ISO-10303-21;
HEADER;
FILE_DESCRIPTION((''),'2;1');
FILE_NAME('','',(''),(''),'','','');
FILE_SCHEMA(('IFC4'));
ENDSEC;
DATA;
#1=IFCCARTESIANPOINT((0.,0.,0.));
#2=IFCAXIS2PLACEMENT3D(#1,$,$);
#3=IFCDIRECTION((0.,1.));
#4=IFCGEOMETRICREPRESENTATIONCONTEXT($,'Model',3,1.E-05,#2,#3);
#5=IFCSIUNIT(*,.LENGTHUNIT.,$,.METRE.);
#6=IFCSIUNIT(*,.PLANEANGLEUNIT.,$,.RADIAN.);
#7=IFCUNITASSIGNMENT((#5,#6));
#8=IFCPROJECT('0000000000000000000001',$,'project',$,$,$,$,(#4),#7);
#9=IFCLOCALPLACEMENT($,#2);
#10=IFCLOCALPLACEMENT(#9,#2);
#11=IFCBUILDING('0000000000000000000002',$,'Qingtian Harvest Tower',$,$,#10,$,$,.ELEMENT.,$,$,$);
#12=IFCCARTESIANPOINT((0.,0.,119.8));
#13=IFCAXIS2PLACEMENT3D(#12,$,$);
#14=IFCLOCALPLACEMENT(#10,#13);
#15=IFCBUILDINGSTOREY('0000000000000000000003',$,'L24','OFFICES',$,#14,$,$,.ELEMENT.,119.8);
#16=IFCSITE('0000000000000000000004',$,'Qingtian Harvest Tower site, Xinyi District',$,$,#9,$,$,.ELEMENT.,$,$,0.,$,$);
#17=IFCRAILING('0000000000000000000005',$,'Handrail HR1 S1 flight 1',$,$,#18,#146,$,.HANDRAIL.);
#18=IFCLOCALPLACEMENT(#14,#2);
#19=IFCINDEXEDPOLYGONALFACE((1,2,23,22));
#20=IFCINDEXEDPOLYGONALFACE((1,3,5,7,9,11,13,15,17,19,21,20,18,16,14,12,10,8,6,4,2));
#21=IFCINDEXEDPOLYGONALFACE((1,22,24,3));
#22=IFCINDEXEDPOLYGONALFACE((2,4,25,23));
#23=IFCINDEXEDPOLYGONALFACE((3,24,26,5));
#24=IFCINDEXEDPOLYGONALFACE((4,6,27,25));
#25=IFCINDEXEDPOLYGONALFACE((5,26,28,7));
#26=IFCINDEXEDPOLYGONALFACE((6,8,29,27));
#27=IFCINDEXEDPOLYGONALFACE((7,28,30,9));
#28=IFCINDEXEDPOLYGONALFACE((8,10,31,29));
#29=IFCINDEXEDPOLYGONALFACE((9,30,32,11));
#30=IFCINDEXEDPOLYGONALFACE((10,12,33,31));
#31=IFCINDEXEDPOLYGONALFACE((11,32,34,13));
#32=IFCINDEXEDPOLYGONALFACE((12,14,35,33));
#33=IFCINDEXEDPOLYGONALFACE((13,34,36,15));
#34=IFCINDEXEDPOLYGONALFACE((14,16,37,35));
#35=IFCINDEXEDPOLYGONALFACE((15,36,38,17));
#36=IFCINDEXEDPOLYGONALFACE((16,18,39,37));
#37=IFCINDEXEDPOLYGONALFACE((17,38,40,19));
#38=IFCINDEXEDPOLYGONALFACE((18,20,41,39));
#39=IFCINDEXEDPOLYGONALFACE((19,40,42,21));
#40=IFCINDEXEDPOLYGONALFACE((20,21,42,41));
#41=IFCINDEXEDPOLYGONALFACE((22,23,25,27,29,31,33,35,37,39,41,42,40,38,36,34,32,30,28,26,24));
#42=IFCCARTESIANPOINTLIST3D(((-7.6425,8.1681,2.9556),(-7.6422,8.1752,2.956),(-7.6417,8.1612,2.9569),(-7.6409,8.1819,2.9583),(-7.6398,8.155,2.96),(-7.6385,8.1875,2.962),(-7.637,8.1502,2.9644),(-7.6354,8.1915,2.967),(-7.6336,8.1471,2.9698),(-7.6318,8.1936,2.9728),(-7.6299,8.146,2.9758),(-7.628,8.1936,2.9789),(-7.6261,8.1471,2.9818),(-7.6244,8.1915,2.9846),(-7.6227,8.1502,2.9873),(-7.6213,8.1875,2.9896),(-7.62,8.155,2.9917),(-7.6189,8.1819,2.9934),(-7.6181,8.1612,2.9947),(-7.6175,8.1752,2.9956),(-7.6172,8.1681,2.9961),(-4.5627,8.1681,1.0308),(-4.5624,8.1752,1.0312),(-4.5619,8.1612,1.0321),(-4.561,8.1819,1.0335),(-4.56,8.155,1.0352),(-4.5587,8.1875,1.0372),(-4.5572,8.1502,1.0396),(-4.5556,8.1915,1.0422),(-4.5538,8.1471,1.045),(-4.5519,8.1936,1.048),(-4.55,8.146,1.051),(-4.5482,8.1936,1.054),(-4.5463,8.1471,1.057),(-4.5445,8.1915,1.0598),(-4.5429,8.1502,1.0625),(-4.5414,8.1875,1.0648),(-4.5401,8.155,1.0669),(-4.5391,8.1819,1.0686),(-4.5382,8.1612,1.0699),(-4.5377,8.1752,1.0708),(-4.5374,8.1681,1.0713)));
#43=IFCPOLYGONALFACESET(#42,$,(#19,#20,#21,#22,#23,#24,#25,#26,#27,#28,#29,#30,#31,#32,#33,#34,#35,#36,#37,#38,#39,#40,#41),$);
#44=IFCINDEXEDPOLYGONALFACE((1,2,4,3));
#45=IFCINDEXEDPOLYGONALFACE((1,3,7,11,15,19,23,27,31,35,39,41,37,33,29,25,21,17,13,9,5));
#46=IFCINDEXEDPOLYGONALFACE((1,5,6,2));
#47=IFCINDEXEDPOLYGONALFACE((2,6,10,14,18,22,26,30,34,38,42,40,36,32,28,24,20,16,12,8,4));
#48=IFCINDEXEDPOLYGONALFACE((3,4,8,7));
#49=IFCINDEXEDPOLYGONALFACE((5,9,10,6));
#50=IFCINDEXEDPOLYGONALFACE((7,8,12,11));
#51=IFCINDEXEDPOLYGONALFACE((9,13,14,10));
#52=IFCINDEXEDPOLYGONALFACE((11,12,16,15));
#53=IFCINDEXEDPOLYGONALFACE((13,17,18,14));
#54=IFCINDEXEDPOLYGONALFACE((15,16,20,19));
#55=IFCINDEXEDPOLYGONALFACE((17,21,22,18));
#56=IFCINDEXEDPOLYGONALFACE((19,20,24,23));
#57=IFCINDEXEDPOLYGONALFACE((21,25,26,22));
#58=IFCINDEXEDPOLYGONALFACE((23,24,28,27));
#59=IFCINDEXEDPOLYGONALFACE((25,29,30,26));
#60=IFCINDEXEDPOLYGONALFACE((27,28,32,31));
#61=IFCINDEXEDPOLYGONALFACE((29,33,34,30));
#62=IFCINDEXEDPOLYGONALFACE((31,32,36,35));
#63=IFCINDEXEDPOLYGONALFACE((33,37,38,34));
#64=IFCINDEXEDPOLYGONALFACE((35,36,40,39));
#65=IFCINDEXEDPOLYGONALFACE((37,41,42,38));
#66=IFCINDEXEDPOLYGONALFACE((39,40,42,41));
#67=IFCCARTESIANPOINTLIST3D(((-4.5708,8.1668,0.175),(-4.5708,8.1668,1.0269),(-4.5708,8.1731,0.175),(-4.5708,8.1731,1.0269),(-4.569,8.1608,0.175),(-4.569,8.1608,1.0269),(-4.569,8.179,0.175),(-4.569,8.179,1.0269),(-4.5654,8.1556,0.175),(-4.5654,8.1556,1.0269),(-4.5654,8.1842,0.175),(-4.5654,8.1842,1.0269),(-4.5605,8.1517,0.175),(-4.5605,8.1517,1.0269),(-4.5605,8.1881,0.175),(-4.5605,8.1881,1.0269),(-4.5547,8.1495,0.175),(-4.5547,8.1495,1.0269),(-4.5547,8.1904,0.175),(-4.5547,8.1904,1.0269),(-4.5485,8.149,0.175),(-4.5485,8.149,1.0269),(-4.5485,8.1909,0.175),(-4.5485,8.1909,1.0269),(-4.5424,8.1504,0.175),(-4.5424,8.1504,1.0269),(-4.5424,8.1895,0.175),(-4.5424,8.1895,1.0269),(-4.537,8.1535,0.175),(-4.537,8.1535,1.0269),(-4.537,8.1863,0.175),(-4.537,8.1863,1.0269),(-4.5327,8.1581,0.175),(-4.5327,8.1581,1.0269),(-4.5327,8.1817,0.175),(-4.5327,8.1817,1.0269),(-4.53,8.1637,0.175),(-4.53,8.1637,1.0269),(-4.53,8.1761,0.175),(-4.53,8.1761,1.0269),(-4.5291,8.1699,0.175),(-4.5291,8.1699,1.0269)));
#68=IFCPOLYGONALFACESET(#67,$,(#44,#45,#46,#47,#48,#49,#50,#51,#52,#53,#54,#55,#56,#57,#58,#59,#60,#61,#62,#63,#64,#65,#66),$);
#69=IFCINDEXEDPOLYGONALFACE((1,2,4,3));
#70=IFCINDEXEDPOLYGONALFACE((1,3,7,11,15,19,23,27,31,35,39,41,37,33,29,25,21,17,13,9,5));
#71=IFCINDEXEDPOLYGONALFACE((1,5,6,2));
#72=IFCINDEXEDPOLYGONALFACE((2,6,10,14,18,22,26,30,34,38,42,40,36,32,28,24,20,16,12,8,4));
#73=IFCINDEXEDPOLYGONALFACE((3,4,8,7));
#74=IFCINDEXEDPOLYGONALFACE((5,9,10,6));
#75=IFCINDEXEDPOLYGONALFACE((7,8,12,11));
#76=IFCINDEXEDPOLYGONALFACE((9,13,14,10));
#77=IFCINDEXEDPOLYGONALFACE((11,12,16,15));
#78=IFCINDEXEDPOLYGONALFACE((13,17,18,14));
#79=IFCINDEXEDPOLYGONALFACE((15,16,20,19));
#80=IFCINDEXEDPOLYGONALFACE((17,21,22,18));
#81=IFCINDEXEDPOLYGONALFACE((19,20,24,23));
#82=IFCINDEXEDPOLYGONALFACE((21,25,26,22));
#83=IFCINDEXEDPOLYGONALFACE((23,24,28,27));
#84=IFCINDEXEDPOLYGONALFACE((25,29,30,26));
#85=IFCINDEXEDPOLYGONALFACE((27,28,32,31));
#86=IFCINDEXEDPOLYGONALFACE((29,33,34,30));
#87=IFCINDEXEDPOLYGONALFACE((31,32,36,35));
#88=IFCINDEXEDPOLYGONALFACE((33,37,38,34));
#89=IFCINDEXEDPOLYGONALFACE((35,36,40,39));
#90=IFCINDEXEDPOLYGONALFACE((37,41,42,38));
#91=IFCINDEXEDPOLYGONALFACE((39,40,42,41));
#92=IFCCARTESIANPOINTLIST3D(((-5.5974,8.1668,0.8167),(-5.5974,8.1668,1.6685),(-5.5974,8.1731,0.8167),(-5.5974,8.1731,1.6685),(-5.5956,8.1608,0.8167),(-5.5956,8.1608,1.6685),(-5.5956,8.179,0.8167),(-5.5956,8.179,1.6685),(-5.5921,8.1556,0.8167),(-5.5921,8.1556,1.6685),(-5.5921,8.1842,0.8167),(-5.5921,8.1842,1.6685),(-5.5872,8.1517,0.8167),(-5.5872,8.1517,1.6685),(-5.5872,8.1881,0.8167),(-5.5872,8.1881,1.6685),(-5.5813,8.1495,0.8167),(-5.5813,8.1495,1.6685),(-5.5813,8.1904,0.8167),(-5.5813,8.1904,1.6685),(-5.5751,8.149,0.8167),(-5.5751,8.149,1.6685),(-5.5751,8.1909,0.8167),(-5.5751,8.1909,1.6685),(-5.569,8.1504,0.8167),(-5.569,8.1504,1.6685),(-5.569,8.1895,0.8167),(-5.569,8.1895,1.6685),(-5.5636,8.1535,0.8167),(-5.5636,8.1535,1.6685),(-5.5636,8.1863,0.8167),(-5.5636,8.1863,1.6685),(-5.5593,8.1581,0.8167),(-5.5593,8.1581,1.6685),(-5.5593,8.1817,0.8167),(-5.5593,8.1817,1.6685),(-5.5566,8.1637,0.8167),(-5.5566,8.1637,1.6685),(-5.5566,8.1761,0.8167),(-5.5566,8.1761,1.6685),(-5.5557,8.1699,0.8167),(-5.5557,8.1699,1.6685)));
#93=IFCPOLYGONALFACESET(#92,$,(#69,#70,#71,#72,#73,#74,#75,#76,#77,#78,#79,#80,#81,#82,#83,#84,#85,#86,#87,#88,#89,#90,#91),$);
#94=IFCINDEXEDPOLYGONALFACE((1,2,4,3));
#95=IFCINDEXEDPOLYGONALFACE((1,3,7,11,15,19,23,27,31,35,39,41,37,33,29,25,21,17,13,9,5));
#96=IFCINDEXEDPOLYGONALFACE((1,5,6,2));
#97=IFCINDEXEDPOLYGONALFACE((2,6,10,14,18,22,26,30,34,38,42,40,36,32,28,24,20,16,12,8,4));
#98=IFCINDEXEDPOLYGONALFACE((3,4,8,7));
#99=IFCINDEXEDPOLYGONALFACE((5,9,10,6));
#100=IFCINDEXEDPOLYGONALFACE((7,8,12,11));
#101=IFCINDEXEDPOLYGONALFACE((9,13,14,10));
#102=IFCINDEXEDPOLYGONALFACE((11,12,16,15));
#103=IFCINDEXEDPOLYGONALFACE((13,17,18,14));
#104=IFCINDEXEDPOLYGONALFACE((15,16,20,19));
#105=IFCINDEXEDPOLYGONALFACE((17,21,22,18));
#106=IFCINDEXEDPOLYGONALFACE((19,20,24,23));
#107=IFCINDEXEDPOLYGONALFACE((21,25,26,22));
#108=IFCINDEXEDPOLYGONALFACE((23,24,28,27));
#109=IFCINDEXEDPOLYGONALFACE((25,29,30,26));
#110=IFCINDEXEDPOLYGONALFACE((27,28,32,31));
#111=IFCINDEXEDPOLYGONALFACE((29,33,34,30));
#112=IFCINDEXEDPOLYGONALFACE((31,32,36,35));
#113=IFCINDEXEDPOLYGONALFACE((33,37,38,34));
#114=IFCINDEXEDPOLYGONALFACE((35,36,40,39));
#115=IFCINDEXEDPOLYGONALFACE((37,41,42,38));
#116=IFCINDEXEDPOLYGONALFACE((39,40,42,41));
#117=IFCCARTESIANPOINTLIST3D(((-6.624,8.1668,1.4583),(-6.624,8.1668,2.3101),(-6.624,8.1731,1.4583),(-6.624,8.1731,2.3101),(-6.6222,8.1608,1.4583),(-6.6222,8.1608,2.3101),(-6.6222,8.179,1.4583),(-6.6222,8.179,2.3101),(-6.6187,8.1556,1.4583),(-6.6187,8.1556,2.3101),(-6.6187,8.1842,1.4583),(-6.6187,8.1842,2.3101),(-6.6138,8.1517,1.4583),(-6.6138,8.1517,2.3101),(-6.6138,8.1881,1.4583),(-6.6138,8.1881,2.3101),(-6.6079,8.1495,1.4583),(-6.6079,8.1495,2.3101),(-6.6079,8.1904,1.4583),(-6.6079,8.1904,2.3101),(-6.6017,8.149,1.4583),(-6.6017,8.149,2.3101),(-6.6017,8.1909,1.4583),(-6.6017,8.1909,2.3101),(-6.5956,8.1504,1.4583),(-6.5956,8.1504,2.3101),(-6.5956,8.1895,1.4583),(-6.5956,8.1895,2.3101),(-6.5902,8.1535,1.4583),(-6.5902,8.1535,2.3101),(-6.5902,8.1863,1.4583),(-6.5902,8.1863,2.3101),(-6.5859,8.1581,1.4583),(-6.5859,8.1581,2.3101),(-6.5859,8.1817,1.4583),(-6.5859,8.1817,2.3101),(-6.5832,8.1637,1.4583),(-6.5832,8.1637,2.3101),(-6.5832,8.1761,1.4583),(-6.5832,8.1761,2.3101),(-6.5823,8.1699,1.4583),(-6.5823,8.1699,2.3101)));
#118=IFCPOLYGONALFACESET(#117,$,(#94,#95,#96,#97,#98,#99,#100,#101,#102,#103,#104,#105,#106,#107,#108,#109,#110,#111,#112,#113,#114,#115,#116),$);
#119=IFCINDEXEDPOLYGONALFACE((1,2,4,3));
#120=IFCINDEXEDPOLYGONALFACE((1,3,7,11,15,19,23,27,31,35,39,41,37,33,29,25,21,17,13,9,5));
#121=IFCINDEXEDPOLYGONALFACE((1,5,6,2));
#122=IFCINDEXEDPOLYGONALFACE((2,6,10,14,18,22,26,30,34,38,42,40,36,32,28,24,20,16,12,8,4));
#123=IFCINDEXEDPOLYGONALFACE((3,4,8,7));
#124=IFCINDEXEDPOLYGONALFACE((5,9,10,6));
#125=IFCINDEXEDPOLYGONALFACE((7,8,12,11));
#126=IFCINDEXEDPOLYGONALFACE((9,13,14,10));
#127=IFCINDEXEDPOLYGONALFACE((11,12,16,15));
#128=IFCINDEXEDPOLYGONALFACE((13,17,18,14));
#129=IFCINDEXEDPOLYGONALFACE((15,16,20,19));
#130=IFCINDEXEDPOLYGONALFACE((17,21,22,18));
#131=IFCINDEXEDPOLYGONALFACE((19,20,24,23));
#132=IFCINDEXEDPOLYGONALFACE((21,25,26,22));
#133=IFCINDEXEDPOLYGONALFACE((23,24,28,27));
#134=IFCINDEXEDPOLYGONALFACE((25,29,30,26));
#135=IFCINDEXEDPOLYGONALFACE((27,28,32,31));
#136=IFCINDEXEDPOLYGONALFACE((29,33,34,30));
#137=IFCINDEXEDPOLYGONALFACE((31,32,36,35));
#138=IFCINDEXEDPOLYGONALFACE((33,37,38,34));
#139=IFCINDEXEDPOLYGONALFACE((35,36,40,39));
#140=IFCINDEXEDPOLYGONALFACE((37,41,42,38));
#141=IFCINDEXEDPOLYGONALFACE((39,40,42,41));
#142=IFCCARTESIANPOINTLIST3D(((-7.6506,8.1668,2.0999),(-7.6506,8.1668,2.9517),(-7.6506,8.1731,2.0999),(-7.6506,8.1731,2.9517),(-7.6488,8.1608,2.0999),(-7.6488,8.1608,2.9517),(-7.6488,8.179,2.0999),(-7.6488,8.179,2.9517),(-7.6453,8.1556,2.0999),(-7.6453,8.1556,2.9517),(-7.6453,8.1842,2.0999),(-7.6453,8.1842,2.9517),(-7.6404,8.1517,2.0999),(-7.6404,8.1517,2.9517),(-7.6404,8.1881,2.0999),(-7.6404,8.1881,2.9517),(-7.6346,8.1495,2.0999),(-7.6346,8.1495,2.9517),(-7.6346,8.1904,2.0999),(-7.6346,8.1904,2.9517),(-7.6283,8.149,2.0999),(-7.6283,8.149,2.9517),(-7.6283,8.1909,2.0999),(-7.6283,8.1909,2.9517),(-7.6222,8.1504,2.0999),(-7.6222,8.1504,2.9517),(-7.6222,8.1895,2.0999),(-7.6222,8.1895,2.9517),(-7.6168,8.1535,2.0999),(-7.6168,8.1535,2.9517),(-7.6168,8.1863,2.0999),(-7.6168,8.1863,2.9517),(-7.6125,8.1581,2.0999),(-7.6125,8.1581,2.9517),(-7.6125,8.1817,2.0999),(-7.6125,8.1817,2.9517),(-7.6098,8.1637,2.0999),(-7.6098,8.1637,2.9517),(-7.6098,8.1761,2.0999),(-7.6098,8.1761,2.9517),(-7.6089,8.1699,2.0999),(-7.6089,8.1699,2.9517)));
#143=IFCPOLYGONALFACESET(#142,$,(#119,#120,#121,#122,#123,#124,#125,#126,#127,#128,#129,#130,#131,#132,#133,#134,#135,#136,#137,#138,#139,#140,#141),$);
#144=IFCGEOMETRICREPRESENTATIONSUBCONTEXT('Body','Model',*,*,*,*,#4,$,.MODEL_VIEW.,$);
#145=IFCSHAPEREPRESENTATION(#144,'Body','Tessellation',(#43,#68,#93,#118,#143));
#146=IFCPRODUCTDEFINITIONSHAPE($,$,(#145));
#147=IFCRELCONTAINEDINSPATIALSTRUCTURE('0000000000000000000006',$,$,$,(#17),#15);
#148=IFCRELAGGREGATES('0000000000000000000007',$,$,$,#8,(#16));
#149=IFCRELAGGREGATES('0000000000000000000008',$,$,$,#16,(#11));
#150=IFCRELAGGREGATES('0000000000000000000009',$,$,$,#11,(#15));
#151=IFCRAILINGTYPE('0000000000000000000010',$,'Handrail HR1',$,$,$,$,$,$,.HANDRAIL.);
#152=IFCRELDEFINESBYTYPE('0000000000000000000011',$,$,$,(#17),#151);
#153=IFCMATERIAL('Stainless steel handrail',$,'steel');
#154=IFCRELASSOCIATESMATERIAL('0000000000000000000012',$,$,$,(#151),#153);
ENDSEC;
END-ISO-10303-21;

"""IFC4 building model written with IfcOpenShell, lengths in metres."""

from ifc_helpers import new_model, si_unit, direction, frame, origin, origin_2d, place, context, subcontext, project, spatial, circle, extrude, material, type_object, element, save


model = new_model("IFC4")

# Units and contexts
model_context = context("Model", 3, precision=1e-05, world=origin(), true_north=direction((0.0, 1.0)))
body_context = subcontext(model_context, "Body", "Model", "MODEL_VIEW")
ifc_project = project(units=[si_unit("LENGTHUNIT", "METRE"), si_unit("PLANEANGLEUNIT", "RADIAN")], contexts=[model_context])

# Site, building, storey
site_placement = place(None, origin())
site = spatial("IfcSite", under=ifc_project, at=site_placement, Name="Qingtian Harvest Tower site, Xinyi District", CompositionType="ELEMENT", RefElevation=0.0)
building_placement = place(site_placement, origin())
building = spatial("IfcBuilding", under=site, at=building_placement, Name="Qingtian Harvest Tower", CompositionType="ELEMENT")
storey_placement = place(building_placement, frame((0.0, 0.0, 119.8)))
storey = spatial("IfcBuildingStorey", under=building, at=storey_placement, Name="L24", Description="OFFICES", CompositionType="ELEMENT", Elevation=119.8)

# Railing
ifc_material_1 = material(Name="Stainless steel handrail", Category="steel")
railing_type = type_object("IfcRailingType", Name="Handrail HR1", PredefinedType="HANDRAIL", material=ifc_material_1)
railing_placement = place(storey_placement, frame((-4.55, 8.1699, 0.175)))
element("IfcRailing", 1, at=railing_placement, inside=storey, type_object=railing_type, Name="Handrail HR1 S1 flight 1", PredefinedType="HANDRAIL", context=body_context, shape_type="SweptSolid", body=[
    extrude(circle(Radius=0.0239, at=origin_2d()), frame((0.0, 0.0, 0.876), z_axis=(-0.84801, 0.0, 0.529981), x_axis=(0.0, -1.0, 0.0)), (0.0, 0.0, 1.0), 3.6318),
    extrude(circle(Radius=0.021, at=origin_2d()), origin(), (0.0, 0.0, 1.0), 0.8518),
    extrude(circle(Radius=0.021, at=origin_2d()), frame((-1.0266, 0.0, 0.6416)), (0.0, 0.0, 1.0), 0.8518),
    extrude(circle(Radius=0.021, at=origin_2d()), frame((-2.0532, 0.0, 1.2832)), (0.0, 0.0, 1.0), 0.8518),
    extrude(circle(Radius=0.021, at=origin_2d()), frame((-3.0798, 0.0, 1.9248)), (0.0, 0.0, 1.0), 0.8518),
])

save(model, "model.ifc")
